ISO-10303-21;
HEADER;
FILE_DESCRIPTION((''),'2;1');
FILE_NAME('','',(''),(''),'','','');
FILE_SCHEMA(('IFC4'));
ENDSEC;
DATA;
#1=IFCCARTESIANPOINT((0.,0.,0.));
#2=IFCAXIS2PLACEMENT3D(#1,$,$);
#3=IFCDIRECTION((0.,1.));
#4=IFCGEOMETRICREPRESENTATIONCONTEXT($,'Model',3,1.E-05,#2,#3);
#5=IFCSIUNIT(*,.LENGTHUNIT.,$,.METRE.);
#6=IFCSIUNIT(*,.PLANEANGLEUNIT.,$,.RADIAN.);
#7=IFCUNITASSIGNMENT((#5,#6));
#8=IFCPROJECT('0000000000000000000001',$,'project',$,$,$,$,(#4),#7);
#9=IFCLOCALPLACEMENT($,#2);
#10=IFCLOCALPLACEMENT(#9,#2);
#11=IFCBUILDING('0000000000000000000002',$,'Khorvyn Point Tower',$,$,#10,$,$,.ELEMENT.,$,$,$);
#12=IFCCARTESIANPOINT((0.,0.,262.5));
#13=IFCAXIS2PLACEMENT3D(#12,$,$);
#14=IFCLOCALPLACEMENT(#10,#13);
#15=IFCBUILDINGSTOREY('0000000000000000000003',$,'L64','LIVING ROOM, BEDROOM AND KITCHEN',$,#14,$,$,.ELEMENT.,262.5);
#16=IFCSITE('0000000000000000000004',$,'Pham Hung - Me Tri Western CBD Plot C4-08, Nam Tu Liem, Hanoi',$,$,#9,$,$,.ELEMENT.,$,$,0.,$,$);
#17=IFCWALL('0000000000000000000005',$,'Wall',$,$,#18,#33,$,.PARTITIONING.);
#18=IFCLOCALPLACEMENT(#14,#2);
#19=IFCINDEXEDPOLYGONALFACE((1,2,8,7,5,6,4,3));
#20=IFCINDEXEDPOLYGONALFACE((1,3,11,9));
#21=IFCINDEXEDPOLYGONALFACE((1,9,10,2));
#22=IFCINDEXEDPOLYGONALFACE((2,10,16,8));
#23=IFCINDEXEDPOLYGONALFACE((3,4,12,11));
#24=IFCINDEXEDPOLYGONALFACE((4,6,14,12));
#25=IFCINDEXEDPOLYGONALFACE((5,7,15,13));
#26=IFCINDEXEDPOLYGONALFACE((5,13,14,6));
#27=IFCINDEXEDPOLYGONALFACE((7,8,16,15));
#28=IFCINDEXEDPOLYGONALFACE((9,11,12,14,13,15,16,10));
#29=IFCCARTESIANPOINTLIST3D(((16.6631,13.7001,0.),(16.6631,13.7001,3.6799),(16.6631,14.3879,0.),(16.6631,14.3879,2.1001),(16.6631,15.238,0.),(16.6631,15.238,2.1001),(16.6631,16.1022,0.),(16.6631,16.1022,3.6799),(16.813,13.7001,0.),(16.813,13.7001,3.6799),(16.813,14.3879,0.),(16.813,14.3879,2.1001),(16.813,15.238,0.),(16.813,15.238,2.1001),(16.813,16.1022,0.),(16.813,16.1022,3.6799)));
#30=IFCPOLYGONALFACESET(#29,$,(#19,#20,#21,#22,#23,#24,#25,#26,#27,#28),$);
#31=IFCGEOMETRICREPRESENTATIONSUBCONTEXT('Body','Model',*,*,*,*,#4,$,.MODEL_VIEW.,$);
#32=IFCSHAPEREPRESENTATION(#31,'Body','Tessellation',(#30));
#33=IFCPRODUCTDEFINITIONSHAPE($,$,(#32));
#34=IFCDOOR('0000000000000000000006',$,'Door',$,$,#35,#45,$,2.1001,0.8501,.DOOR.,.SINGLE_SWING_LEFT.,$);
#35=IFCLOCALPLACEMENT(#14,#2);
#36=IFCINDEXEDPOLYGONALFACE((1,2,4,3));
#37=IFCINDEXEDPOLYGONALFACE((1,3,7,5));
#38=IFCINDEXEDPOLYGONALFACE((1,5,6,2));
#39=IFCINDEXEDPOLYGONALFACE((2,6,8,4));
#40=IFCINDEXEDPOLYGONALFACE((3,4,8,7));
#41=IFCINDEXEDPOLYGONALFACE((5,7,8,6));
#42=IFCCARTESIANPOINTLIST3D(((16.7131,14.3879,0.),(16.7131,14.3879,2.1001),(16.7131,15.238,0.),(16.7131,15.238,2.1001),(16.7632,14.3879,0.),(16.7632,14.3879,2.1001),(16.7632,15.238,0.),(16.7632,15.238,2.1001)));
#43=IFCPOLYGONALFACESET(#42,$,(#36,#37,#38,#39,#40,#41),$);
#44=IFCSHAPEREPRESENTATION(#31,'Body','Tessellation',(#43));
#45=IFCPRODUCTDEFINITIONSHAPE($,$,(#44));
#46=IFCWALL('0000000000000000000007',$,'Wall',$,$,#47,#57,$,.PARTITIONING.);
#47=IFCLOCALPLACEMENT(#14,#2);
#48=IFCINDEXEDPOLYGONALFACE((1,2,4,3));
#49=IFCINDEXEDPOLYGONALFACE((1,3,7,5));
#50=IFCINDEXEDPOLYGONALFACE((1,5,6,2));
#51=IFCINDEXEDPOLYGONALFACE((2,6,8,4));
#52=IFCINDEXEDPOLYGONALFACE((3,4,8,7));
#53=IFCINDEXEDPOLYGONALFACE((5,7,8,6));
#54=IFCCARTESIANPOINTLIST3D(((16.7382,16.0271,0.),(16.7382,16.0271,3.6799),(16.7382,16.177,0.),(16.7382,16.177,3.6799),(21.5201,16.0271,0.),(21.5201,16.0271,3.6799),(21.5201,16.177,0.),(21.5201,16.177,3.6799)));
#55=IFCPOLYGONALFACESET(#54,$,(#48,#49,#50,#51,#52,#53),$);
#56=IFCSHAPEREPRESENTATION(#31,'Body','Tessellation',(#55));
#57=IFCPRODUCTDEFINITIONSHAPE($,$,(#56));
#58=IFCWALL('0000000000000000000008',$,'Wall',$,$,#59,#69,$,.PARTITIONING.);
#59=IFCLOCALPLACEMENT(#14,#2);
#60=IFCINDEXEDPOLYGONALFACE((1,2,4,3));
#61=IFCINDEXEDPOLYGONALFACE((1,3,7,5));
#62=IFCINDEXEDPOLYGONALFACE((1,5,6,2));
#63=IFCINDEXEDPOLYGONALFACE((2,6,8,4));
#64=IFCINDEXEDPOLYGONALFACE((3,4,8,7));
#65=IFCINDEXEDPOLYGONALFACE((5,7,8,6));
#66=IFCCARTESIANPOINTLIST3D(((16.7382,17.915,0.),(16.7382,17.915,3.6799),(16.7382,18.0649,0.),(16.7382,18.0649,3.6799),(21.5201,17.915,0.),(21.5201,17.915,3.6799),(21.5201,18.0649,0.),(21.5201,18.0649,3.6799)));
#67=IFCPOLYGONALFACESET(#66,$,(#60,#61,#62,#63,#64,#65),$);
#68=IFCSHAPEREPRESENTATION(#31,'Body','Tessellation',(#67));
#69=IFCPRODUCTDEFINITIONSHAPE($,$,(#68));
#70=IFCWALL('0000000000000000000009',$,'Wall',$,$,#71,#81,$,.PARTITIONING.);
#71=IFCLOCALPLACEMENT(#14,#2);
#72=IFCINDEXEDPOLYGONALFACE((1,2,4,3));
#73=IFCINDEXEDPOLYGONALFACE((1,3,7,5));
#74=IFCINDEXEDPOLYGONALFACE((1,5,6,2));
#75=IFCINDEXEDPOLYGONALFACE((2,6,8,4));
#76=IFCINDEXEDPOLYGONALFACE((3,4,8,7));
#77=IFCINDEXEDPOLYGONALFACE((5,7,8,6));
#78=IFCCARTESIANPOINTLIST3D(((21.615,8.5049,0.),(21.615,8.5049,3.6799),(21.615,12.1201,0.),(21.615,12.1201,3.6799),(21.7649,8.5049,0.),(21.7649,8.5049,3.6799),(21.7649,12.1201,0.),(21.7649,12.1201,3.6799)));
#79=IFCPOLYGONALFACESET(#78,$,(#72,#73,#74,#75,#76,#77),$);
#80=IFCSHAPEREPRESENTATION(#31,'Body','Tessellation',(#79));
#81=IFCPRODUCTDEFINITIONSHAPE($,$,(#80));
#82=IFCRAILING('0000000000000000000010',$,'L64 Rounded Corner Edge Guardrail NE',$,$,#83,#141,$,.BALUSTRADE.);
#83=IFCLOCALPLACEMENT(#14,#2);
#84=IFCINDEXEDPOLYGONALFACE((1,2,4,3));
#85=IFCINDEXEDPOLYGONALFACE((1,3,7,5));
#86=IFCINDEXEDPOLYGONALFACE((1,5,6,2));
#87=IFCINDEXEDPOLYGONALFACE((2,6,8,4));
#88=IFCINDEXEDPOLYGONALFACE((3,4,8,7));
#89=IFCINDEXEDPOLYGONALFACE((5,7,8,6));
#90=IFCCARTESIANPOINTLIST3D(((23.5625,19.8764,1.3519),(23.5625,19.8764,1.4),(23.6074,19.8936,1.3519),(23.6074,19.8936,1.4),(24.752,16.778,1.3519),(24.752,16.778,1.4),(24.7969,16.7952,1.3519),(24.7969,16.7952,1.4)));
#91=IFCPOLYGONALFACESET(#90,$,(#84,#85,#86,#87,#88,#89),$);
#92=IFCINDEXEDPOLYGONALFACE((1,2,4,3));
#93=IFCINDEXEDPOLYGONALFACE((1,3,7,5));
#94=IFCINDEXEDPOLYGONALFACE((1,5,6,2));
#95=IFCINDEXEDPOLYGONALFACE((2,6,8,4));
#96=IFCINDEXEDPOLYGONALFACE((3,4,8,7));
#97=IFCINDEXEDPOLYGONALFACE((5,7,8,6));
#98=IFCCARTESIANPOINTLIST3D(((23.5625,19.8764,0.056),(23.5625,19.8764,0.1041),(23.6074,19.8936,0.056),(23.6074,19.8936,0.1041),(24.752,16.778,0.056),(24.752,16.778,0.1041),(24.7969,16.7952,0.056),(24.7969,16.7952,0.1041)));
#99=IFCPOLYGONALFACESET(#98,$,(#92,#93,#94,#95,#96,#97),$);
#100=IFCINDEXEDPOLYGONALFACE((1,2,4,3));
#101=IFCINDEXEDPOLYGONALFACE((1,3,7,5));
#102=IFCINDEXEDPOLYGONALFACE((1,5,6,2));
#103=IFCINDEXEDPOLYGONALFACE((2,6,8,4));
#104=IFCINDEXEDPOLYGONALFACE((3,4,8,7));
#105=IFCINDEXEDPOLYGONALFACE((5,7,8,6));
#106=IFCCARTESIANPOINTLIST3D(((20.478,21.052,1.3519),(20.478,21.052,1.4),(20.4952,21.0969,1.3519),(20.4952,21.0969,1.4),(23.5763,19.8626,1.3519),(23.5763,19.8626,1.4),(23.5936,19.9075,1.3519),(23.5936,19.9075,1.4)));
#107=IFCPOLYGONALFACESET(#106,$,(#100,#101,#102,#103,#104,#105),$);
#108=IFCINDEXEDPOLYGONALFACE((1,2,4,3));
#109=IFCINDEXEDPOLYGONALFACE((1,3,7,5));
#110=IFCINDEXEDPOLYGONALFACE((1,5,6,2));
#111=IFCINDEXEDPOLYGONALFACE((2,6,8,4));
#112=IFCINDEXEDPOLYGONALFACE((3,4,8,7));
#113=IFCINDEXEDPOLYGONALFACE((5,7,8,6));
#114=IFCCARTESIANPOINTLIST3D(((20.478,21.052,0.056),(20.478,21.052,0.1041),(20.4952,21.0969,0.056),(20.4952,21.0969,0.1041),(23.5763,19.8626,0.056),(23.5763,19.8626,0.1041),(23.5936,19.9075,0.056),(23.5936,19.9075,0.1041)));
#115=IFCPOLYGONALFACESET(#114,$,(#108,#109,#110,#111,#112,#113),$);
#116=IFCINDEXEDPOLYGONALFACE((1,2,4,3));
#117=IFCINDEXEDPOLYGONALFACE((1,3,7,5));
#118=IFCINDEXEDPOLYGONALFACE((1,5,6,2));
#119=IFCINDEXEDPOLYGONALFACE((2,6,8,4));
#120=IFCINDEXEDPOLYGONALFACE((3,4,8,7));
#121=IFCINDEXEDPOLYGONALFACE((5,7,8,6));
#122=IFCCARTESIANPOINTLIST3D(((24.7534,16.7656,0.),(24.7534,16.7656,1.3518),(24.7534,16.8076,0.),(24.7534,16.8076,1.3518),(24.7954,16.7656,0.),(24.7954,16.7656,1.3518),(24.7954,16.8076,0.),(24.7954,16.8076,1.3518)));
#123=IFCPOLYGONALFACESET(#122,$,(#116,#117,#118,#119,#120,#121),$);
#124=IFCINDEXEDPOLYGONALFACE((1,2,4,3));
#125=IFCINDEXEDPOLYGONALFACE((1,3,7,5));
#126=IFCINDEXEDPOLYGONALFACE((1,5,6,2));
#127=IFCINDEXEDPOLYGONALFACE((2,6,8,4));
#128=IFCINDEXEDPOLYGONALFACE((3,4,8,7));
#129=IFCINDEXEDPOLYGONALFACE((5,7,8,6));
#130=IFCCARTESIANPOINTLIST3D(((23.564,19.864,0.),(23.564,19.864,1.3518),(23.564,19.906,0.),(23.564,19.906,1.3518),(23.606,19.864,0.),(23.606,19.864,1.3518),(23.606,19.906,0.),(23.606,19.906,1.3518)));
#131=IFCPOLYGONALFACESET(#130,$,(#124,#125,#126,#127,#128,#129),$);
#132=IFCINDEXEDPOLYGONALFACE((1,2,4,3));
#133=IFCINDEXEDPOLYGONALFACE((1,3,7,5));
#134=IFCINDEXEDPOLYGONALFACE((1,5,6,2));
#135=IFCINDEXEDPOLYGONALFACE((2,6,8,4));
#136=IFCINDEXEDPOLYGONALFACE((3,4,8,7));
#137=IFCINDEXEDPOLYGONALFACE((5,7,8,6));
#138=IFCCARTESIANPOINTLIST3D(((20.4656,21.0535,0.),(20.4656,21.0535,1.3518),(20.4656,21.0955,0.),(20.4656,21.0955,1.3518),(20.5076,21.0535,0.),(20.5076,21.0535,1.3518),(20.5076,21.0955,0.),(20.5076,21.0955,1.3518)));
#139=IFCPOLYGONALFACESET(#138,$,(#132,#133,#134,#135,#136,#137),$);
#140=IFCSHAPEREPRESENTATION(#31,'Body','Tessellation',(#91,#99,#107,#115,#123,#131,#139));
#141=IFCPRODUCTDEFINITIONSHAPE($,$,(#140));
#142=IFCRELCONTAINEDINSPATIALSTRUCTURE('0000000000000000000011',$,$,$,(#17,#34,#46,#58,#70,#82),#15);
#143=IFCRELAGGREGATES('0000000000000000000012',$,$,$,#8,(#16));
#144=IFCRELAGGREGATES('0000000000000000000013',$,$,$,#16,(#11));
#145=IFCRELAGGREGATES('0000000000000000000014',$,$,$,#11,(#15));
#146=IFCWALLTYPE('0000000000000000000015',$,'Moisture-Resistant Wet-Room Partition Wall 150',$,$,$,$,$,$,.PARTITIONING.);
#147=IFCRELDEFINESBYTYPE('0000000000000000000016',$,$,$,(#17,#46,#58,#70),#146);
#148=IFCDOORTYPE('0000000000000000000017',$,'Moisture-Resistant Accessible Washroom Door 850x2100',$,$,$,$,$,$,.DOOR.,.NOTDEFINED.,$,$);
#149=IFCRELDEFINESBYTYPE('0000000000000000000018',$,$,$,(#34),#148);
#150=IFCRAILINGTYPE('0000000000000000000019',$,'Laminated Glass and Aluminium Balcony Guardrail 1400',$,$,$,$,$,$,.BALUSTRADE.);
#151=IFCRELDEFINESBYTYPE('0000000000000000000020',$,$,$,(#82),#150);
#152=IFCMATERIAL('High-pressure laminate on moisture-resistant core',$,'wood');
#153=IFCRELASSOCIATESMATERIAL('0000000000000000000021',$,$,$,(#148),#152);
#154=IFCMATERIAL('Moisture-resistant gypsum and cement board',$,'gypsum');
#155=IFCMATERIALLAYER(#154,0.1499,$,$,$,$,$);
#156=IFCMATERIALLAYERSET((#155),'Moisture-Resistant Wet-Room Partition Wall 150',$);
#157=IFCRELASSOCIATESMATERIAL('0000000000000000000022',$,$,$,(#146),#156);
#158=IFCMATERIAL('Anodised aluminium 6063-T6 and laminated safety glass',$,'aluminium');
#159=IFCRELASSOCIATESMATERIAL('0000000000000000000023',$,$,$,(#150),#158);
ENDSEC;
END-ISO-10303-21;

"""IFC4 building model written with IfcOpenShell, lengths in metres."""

from ifc_helpers import new_model, si_unit, direction, frame, frame_2d, origin, origin_2d, place, context, subcontext, project, spatial, rectangle, extrude, material, layer, layer_set, type_object, element, fill, save


model = new_model("IFC4")

# Units and contexts
model_context = context("Model", 3, precision=1e-05, world=origin(), true_north=direction((0.0, 1.0)))
body_context = subcontext(model_context, "Body", "Model", "MODEL_VIEW")
ifc_project = project(units=[si_unit("LENGTHUNIT", "METRE"), si_unit("PLANEANGLEUNIT", "RADIAN")], contexts=[model_context])

# Site, building, storey
site_placement = place(None, origin())
site = spatial("IfcSite", under=ifc_project, at=site_placement, Name="Pham Hung - Me Tri Western CBD Plot C4-08, Nam Tu Liem, Hanoi", CompositionType="ELEMENT", RefElevation=0.0)
building_placement = place(site_placement, origin())
building = spatial("IfcBuilding", under=site, at=building_placement, Name="Khorvyn Point Tower", CompositionType="ELEMENT")
storey_placement = place(building_placement, frame((0.0, 0.0, 262.5)))
storey = spatial("IfcBuildingStorey", under=building, at=storey_placement, Name="L64", Description="LIVING ROOM, BEDROOM AND KITCHEN", CompositionType="ELEMENT", Elevation=262.5)

# Wall, opening, door
ifc_material_1 = material(Name="High-pressure laminate on moisture-resistant core", Category="wood")
door_type_1 = type_object("IfcDoorType", Name="Moisture-Resistant Accessible Washroom Door 850x2100", OperationType="NOTDEFINED", PredefinedType="DOOR", material=ifc_material_1)
ifc_material_2 = material(Name="Moisture-resistant gypsum and cement board", Category="gypsum")
ifc_layer_1 = layer(ifc_material_2, 0.1499)
ifc_layer_set_1 = layer_set([ifc_layer_1], Name="Moisture-Resistant Wet-Room Partition Wall 150")
wall_type_1 = type_object("IfcWallType", Name="Moisture-Resistant Wet-Room Partition Wall 150", PredefinedType="PARTITIONING", material=ifc_layer_set_1)
wall_1_placement = place(storey_placement, frame((16.738, 13.7, 0.0), z_axis=(0.0, 0.0, 1.0), x_axis=(0.0, 1.0, 0.0)))
wall_1 = element("IfcWall", 1, at=wall_1_placement, inside=storey, type_object=wall_type_1, Name="Wall", PredefinedType="PARTITIONING", context=body_context, shape_type="SweptSolid", body=[
    extrude(rectangle(XDim=2.4021, YDim=0.1499, at=frame_2d((1.2012, 0.0))), origin(), (0.0, 0.0, 1.0), 3.6799),
])
opening_1_placement = place(wall_1_placement, frame((0.688, 0.0, 0.0)))
opening_1 = element("IfcOpeningElement", 2, at=opening_1_placement, cuts=wall_1, PredefinedType="OPENING", context=body_context, shape_type="SweptSolid", body=[
    extrude(rectangle(XDim=0.8501, YDim=2.1001, at=frame_2d((0.425, 1.05))), frame((0.0, 0.085, 0.0), z_axis=(0.0, -1.0, 0.0), x_axis=(1.0, 0.0, 0.0)), (0.0, 0.0, 1.0), 0.1699),
])
door_1_placement = place(opening_1_placement, origin())
door_1 = element("IfcDoor", 3, at=door_1_placement, inside=storey, type_object=door_type_1, Name="Door", OperationType="SINGLE_SWING_LEFT", OverallHeight=2.1001, OverallWidth=0.8501, PredefinedType="DOOR", context=body_context, shape_type="SweptSolid", body=[
    extrude(rectangle(XDim=0.8501, YDim=2.1001, at=frame_2d((0.425, 1.05))), frame((0.0, 0.0249, 0.0), z_axis=(0.0, -1.0, 0.0), x_axis=(1.0, 0.0, 0.0)), (0.0, 0.0, 1.0), 0.05),
])
fill(opening_1, door_1)

# Walls
for number, where, z_axis, x_axis, name in (
    (4, (16.738, 16.1021, 0.0), (0.0, 0.0, 1.0), (1.0, 0.0, 0.0), "Wall"),
    (5, (16.738, 17.99, 0.0), (0.0, 0.0, 1.0), (1.0, 0.0, 0.0), "Wall"),
):
    element("IfcWall", number, at=place(storey_placement, frame(where, z_axis=z_axis, x_axis=x_axis)), inside=storey, type_object=wall_type_1, Name=name, PredefinedType="PARTITIONING", context=body_context, shape_type="SweptSolid", body=[
        extrude(rectangle(XDim=4.782, YDim=0.1499, at=frame_2d((2.3911, 0.0))), origin(), (0.0, 0.0, 1.0), 3.6799),
    ])
wall_2_placement = place(storey_placement, frame((21.6899, 8.5049, 0.0), z_axis=(0.0, 0.0, 1.0), x_axis=(0.0, 1.0, 0.0)))
element("IfcWall", 6, at=wall_2_placement, inside=storey, type_object=wall_type_1, Name="Wall", PredefinedType="PARTITIONING", context=body_context, shape_type="SweptSolid", body=[
    extrude(rectangle(XDim=3.6152, YDim=0.1499, at=frame_2d((1.8076, 0.0))), origin(), (0.0, 0.0, 1.0), 3.6799),
])

# Railing
ifc_material_3 = material(Name="Anodised aluminium 6063-T6 and laminated safety glass", Category="aluminium")
railing_type = type_object("IfcRailingType", Name="Laminated Glass and Aluminium Balcony Guardrail 1400", PredefinedType="BALUSTRADE", material=ifc_material_3)
railing_1_placement = place(storey_placement, frame((24.7744, 16.7866, 0.0)))
element("IfcRailing", 7, at=railing_1_placement, inside=storey, type_object=railing_type, Name="L64 Rounded Corner Edge Guardrail NE", PredefinedType="BALUSTRADE", context=body_context, shape_type="SweptSolid", body=[
    extrude(rectangle(XDim=0.0481, YDim=0.0481, at=origin_2d()), frame((0.0, 0.0, 1.376), z_axis=(-0.358392, 0.933571, 0.0), x_axis=(-0.933571, -0.358392, 0.0)), (0.0, 0.0, 1.0), 3.3188),
    extrude(rectangle(XDim=0.0481, YDim=0.0481, at=origin_2d()), frame((0.0, 0.0, 0.0801), z_axis=(-0.358392, 0.933571, 0.0), x_axis=(-0.933571, -0.358392, 0.0)), (0.0, 0.0, 1.0), 3.3188),
    extrude(rectangle(XDim=0.0481, YDim=0.0481, at=origin_2d()), frame((-1.1895, 3.0984, 1.376), z_axis=(-0.933571, 0.358392, 0.0), x_axis=(-0.358392, -0.933571, 0.0)), (0.0, 0.0, 1.0), 3.3188),
    extrude(rectangle(XDim=0.0481, YDim=0.0481, at=origin_2d()), frame((-1.1895, 3.0984, 0.0801), z_axis=(-0.933571, 0.358392, 0.0), x_axis=(-0.358392, -0.933571, 0.0)), (0.0, 0.0, 1.0), 3.3188),
    extrude(rectangle(XDim=0.042, YDim=0.042, at=origin_2d()), origin(), (0.0, 0.0, 1.0), 1.3518),
    extrude(rectangle(XDim=0.042, YDim=0.042, at=origin_2d()), frame((-1.1895, 3.0984, 0.0)), (0.0, 0.0, 1.0), 1.3518),
    extrude(rectangle(XDim=0.042, YDim=0.042, at=origin_2d()), frame((-4.2878, 4.2878, 0.0)), (0.0, 0.0, 1.0), 1.3518),
])

save(model, "model.ifc")
